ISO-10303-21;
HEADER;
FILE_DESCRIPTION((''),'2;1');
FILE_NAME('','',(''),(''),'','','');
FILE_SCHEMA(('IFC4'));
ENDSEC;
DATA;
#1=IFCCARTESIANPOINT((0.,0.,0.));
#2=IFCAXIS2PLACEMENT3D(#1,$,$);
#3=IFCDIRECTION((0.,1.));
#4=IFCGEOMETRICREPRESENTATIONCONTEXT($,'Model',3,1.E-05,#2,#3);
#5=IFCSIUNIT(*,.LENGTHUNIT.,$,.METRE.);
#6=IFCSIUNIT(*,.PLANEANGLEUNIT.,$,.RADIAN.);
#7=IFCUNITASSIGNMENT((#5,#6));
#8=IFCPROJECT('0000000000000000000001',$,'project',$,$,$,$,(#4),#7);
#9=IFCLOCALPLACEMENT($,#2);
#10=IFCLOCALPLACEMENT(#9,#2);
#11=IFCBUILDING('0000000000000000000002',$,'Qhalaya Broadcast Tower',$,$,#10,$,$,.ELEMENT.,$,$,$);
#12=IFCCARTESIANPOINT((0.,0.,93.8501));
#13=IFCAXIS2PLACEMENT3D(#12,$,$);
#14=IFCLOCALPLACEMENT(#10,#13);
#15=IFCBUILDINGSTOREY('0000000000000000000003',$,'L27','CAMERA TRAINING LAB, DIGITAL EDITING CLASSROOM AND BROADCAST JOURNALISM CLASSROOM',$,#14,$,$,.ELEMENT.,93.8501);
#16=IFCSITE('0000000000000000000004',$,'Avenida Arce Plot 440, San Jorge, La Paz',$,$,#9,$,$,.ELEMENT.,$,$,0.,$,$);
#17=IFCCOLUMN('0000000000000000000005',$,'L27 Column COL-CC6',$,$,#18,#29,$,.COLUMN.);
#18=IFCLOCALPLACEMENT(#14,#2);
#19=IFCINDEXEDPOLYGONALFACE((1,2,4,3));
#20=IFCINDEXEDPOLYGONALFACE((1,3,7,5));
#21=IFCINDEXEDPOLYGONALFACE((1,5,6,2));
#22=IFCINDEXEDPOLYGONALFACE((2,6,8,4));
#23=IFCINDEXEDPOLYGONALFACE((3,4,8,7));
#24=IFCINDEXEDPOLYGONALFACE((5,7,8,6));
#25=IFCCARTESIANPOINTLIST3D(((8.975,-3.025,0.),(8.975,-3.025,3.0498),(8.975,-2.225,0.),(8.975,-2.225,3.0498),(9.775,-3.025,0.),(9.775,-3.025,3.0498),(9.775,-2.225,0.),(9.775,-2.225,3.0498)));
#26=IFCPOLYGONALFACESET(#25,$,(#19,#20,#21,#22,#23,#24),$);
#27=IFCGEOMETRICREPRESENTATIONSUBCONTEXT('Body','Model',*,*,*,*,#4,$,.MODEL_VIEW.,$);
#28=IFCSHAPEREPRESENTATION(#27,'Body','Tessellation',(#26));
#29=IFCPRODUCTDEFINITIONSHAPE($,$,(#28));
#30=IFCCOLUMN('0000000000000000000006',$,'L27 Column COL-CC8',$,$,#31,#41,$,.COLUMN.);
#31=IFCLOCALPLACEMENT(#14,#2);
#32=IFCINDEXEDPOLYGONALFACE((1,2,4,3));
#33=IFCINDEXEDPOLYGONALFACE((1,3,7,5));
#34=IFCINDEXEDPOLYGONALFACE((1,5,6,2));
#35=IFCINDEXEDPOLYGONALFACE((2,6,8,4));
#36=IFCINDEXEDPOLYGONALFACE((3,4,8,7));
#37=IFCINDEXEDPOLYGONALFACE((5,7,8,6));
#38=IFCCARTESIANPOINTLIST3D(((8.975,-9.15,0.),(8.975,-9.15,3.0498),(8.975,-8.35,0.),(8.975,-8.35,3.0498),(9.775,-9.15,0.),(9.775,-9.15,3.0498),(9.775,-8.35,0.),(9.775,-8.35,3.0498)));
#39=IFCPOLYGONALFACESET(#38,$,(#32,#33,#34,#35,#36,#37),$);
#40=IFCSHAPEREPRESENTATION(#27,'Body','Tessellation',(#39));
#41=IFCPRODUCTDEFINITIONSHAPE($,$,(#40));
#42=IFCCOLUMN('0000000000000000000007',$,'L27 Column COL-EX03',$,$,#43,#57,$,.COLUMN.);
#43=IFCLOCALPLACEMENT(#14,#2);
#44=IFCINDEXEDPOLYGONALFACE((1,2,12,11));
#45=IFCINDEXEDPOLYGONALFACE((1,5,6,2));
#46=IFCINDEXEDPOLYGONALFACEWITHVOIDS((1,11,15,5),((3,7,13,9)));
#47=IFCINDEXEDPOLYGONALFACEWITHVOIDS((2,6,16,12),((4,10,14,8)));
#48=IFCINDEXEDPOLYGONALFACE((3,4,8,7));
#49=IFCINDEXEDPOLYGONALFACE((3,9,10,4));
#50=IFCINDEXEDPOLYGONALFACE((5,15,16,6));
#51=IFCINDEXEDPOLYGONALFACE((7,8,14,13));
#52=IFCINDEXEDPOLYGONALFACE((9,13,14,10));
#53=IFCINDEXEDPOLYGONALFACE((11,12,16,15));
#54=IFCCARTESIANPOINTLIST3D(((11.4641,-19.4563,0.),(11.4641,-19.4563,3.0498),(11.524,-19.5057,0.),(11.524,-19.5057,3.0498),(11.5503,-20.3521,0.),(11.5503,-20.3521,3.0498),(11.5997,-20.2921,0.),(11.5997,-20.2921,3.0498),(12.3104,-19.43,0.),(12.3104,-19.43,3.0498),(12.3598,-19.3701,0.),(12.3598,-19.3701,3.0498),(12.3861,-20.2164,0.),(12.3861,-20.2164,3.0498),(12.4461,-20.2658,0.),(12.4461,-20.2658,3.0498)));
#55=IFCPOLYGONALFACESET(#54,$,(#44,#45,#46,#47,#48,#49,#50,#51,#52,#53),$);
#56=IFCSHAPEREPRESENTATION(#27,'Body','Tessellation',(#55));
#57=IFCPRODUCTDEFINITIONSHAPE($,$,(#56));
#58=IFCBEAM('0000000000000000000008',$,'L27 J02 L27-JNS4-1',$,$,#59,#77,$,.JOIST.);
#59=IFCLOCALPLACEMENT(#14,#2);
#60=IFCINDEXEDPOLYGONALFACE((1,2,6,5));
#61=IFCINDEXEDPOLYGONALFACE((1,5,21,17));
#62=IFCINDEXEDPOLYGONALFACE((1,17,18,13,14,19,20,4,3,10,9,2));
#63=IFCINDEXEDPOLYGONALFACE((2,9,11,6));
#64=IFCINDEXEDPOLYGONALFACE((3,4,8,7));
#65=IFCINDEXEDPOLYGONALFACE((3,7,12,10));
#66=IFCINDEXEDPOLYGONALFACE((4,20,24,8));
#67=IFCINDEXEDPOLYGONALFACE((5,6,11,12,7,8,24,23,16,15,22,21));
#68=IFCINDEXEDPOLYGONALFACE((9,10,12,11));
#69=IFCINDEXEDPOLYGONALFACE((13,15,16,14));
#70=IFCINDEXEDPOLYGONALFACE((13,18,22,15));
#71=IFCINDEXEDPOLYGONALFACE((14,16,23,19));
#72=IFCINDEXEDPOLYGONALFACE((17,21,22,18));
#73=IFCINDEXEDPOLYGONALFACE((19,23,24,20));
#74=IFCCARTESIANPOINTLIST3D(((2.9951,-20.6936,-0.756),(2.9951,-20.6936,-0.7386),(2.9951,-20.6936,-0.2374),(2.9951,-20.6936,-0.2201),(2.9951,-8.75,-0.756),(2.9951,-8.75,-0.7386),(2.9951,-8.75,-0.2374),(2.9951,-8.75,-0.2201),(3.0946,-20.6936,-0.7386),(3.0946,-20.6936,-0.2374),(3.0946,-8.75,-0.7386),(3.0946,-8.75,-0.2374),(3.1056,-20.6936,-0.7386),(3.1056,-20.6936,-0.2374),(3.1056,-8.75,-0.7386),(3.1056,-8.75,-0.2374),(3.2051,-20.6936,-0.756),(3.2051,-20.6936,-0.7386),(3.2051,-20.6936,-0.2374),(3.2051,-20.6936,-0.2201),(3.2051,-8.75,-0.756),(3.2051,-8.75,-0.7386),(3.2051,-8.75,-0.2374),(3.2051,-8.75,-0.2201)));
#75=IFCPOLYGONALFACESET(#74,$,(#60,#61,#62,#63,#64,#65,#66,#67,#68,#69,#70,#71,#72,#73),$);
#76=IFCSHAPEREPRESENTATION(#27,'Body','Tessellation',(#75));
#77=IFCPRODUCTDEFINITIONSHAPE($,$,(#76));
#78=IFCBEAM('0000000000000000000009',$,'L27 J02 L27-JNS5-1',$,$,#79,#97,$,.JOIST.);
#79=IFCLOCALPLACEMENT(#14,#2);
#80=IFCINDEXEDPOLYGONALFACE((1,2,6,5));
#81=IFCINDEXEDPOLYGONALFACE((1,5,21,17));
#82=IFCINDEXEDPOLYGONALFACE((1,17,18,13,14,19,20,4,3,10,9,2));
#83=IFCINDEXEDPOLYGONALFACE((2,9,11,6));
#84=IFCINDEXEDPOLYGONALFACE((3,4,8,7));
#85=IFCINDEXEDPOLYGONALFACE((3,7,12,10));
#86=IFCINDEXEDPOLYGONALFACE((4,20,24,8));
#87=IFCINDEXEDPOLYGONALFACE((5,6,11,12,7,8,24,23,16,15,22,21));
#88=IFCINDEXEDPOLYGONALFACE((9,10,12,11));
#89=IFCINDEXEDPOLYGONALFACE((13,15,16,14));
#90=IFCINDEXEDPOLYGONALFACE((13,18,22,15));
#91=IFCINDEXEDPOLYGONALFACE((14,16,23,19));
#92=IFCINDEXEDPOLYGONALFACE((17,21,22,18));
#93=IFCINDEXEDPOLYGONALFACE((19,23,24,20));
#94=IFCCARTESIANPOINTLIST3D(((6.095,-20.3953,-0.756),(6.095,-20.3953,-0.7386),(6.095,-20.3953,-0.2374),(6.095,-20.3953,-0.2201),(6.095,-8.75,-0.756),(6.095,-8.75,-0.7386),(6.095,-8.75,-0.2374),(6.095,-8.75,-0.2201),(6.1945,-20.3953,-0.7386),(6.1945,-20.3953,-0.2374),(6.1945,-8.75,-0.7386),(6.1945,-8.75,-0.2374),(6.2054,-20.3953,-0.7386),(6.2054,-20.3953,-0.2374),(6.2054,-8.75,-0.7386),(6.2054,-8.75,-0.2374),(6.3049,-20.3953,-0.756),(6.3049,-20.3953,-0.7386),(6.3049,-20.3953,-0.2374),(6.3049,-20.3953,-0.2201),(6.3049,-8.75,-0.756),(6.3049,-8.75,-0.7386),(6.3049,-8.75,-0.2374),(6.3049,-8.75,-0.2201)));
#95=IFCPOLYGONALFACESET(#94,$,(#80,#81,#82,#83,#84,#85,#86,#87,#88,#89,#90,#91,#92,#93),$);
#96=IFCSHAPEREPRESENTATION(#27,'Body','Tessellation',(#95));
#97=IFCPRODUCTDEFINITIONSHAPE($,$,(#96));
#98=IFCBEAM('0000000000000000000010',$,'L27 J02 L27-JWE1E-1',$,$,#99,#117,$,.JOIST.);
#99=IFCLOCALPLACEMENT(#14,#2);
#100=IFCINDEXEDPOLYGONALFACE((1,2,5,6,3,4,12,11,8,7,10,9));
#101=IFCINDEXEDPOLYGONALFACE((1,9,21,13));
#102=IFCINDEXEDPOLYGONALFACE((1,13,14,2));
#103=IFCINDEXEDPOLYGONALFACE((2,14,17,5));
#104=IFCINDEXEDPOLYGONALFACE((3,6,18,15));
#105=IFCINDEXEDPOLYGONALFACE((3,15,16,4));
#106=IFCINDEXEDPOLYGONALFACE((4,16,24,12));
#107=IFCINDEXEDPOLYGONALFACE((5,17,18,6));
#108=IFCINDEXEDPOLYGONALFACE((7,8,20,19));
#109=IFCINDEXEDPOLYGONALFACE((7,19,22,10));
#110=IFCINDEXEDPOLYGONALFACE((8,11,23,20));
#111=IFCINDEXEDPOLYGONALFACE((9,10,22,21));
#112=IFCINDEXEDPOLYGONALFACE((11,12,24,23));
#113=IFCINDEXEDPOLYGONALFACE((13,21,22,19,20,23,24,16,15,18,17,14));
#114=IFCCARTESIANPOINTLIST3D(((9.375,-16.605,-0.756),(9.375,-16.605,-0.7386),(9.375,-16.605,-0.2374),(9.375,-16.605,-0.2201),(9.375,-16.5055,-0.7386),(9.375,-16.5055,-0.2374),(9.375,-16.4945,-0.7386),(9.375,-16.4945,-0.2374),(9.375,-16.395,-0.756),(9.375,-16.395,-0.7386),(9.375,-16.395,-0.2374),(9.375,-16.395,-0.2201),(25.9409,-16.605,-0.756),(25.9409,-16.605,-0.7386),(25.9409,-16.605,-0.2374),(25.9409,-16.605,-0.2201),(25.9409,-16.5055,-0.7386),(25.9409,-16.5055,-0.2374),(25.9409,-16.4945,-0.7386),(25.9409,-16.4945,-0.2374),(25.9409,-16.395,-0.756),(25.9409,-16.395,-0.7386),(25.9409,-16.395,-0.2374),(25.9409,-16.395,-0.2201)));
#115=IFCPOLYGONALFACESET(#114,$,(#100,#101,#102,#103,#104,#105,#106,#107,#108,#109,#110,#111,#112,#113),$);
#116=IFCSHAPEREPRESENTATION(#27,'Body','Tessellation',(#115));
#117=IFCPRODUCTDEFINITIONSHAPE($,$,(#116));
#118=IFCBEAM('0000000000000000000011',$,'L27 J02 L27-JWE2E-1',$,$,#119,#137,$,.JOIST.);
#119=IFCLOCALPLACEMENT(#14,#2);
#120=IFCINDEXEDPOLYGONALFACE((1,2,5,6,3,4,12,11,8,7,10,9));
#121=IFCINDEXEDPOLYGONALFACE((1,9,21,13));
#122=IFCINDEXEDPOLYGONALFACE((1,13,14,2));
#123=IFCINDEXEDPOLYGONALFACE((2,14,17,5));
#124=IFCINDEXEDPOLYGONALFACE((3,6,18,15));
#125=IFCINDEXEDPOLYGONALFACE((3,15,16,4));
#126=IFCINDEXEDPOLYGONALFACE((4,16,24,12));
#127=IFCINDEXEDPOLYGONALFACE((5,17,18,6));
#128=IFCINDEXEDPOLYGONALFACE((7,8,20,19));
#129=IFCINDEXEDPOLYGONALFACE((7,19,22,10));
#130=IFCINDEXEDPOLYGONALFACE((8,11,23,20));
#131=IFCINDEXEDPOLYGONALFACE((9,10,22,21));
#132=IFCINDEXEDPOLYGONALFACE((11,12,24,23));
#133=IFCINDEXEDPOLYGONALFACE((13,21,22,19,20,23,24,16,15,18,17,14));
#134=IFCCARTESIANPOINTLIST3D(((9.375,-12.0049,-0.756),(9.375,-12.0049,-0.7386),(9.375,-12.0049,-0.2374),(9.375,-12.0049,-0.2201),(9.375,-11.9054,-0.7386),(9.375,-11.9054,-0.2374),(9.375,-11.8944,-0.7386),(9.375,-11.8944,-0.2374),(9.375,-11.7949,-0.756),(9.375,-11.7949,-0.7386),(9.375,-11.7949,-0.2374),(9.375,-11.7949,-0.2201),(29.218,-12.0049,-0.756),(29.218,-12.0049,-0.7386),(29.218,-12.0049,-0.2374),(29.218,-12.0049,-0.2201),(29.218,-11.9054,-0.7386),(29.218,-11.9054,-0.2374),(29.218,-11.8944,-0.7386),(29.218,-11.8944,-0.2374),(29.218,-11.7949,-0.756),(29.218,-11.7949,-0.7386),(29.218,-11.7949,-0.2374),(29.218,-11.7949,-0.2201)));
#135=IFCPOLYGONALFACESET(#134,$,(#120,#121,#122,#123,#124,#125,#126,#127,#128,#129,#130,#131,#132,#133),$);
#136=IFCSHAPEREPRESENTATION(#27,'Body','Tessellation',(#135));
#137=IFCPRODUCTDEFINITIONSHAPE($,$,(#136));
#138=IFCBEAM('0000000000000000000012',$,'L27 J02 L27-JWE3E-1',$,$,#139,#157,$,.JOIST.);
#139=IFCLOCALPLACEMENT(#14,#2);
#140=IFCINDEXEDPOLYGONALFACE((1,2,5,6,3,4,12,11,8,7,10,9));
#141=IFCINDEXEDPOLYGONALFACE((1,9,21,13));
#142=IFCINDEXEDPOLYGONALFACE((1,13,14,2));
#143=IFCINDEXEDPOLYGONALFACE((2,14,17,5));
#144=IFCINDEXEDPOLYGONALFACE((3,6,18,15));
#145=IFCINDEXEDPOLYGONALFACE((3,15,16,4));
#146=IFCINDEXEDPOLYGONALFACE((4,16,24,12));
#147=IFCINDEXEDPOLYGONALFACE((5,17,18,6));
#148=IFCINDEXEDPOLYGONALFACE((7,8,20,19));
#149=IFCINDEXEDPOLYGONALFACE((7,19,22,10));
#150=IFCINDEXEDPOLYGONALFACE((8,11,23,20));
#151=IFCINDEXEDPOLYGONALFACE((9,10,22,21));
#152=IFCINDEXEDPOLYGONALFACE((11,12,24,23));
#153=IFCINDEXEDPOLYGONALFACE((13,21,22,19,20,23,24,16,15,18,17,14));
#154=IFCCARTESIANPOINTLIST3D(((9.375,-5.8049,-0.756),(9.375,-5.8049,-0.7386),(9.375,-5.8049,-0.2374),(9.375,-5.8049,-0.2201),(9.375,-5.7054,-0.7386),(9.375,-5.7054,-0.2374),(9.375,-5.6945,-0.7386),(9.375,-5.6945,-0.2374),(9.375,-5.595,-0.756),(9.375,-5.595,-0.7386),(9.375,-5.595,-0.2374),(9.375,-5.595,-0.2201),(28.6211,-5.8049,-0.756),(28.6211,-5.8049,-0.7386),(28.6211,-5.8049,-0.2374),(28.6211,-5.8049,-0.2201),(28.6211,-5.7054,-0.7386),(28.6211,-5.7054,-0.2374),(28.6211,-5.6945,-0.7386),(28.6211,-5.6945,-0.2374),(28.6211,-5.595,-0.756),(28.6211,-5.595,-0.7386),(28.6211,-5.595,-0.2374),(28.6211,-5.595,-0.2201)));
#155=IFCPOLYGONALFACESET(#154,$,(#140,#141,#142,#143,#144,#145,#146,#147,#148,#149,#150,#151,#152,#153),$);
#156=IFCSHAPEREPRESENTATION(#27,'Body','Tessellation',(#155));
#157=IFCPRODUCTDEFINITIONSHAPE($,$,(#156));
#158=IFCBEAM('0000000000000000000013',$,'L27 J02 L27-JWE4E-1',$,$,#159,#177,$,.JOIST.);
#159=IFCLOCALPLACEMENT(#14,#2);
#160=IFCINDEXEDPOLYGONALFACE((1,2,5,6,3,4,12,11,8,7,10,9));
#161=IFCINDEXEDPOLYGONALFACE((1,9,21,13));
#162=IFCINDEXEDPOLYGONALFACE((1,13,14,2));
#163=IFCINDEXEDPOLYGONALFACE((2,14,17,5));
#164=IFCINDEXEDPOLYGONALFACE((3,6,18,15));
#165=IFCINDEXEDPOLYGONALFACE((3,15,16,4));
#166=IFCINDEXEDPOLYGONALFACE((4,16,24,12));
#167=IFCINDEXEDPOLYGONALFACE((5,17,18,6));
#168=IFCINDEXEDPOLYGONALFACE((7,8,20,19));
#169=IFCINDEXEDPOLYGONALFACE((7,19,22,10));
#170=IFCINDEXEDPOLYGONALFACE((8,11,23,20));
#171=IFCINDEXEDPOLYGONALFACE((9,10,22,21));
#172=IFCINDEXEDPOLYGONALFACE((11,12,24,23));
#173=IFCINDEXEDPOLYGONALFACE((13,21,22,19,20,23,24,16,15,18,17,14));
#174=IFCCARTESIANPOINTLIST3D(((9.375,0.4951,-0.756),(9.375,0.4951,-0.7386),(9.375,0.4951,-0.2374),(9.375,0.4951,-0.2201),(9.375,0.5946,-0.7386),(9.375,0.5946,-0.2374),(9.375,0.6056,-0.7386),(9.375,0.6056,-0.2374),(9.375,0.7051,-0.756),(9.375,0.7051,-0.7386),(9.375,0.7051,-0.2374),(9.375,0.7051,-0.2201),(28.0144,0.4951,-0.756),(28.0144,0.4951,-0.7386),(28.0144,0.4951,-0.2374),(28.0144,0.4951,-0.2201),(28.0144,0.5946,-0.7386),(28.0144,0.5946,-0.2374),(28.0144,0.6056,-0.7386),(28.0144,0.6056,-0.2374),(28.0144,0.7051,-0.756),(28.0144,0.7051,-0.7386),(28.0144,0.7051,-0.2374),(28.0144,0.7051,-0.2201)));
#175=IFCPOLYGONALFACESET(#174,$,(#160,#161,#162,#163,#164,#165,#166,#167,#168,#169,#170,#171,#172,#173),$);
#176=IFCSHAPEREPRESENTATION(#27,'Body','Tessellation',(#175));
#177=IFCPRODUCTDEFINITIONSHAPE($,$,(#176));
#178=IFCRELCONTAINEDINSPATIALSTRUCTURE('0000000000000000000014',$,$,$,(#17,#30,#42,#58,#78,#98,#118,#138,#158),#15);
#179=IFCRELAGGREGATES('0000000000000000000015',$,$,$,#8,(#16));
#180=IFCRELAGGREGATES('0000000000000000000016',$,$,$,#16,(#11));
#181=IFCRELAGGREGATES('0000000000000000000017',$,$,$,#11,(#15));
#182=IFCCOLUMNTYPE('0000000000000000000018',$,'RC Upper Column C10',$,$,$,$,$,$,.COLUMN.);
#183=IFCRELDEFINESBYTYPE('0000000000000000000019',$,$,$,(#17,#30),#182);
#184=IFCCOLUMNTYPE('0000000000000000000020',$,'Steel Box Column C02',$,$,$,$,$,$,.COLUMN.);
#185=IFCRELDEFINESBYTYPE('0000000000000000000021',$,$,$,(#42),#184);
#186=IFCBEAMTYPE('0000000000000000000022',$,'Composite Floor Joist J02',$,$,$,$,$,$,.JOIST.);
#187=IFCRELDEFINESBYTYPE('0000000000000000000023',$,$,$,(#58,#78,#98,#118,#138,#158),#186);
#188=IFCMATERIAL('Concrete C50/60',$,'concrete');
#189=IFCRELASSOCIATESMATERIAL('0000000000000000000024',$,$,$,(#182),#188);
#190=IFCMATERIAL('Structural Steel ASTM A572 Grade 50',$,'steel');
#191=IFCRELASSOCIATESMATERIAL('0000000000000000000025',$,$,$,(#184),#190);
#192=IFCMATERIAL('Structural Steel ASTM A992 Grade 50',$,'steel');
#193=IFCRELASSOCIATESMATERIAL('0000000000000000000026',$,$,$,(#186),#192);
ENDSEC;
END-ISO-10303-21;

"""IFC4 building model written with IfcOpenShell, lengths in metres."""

from ifc_helpers import new_model, si_unit, direction, frame, origin, origin_2d, place, context, subcontext, project, spatial, rectangle, hollow_rectangle, i_section, extrude, material, material_profile, profile_set, type_object, element, save


model = new_model("IFC4")

# Units and contexts
model_context = context("Model", 3, precision=1e-05, world=origin(), true_north=direction((0.0, 1.0)))
body_context = subcontext(model_context, "Body", "Model", "MODEL_VIEW")
ifc_project = project(units=[si_unit("LENGTHUNIT", "METRE"), si_unit("PLANEANGLEUNIT", "RADIAN")], contexts=[model_context])

# Site, building, storey
site_placement = place(None, origin())
site = spatial("IfcSite", under=ifc_project, at=site_placement, Name="Avenida Arce Plot 440, San Jorge, La Paz", CompositionType="ELEMENT", RefElevation=0.0)
building_placement = place(site_placement, origin())
building = spatial("IfcBuilding", under=site, at=building_placement, Name="Qhalaya Broadcast Tower", CompositionType="ELEMENT")
storey_placement = place(building_placement, frame((0.0, 0.0, 93.8501)))
storey = spatial("IfcBuildingStorey", under=building, at=storey_placement, Name="L27", Description="CAMERA TRAINING LAB, DIGITAL EDITING CLASSROOM AND BROADCAST JOURNALISM CLASSROOM", CompositionType="ELEMENT", Elevation=93.8501)

# Columns
ifc_material_1 = material(Name="Concrete C50/60", Category="concrete")
ifc_material_profile_1 = material_profile(ifc_material_1, rectangle(XDim=0.8, YDim=0.8, at=origin_2d()), Name="RC-COL 800x800")
ifc_profile_set_1 = profile_set([ifc_material_profile_1], Name="Concrete C50/60")
column_type_1 = type_object("IfcColumnType", Name="RC Upper Column C10", PredefinedType="COLUMN", material=ifc_profile_set_1)
for number, where, z_axis, x_axis, name in (
    (1, (9.375, -2.625, 0.0), (0.0, 0.0, 1.0), (1.0, 0.0, 0.0), "L27 Column COL-CC6"),
    (2, (9.375, -8.75, 0.0), (0.0, 0.0, 1.0), (1.0, 0.0, 0.0), "L27 Column COL-CC8"),
):
    element("IfcColumn", number, at=place(storey_placement, frame(where, z_axis=z_axis, x_axis=x_axis)), inside=storey, type_object=column_type_1, Name=name, PredefinedType="COLUMN", context=body_context, shape_type="SweptSolid", body=[
        extrude(rectangle(XDim=0.8, YDim=0.8, at=origin_2d()), origin(), (0.0, 0.0, 1.0), 3.0498),
    ])
ifc_material_2 = material(Name="Structural Steel ASTM A572 Grade 50", Category="steel")
ifc_material_profile_2 = material_profile(ifc_material_2, hollow_rectangle(XDim=0.8999, YDim=0.8999, WallThickness=0.0549, at=origin_2d()), Name="BOX 900x900x55")
ifc_profile_set_2 = profile_set([ifc_material_profile_2], Name="Structural Steel ASTM A572 Grade 50")
column_type_2 = type_object("IfcColumnType", Name="Steel Box Column C02", PredefinedType="COLUMN", material=ifc_profile_set_2)
column_placement = place(storey_placement, frame((11.9551, -19.8611, 0.0), z_axis=(0.0, 0.0, 1.0), x_axis=(0.995396, 0.095846, 0.0)))
element("IfcColumn", 3, at=column_placement, inside=storey, type_object=column_type_2, Name="L27 Column COL-EX03", PredefinedType="COLUMN", context=body_context, shape_type="SweptSolid", body=[
    extrude(hollow_rectangle(XDim=0.8999, YDim=0.8999, WallThickness=0.0549, at=origin_2d()), origin(), (0.0, 0.0, 1.0), 3.0498),
])

# Beams
ifc_material_3 = material(Name="Structural Steel ASTM A992 Grade 50", Category="steel")
ifc_material_profile_3 = material_profile(ifc_material_3, i_section(OverallWidth=0.21, OverallDepth=0.5359, WebThickness=0.011, FlangeThickness=0.0173, at=origin_2d()), Name="W21X68")
ifc_profile_set_3 = profile_set([ifc_material_profile_3], Name="Structural Steel ASTM A992 Grade 50")
beam_type_1 = type_object("IfcBeamType", Name="Composite Floor Joist J02", PredefinedType="JOIST", material=ifc_profile_set_3)
beam_1_placement = place(storey_placement, frame((3.1001, -20.6936, -0.488), z_axis=(0.0, 1.0, 0.0), x_axis=(-1.0, 0.0, 0.0)))
element("IfcBeam", 4, at=beam_1_placement, inside=storey, type_object=beam_type_1, Name="L27 J02 L27-JNS4-1", PredefinedType="JOIST", context=body_context, shape_type="SweptSolid", body=[
    extrude(i_section(OverallWidth=0.21, OverallDepth=0.5359, WebThickness=0.011, FlangeThickness=0.0173, at=origin_2d()), origin(), (0.0, 0.0, 1.0), 11.9436),
])
beam_2_placement = place(storey_placement, frame((6.2, -20.3953, -0.488), z_axis=(0.0, 1.0, 0.0), x_axis=(-1.0, 0.0, 0.0)))
element("IfcBeam", 5, at=beam_2_placement, inside=storey, type_object=beam_type_1, Name="L27 J02 L27-JNS5-1", PredefinedType="JOIST", context=body_context, shape_type="SweptSolid", body=[
    extrude(i_section(OverallWidth=0.21, OverallDepth=0.5359, WebThickness=0.011, FlangeThickness=0.0173, at=origin_2d()), origin(), (0.0, 0.0, 1.0), 11.6453),
])
beam_3_placement = place(storey_placement, frame((9.375, -16.5, -0.488), z_axis=(1.0, 0.0, 0.0), x_axis=(0.0, 1.0, 0.0)))
element("IfcBeam", 6, at=beam_3_placement, inside=storey, type_object=beam_type_1, Name="L27 J02 L27-JWE1E-1", PredefinedType="JOIST", context=body_context, shape_type="SweptSolid", body=[
    extrude(i_section(OverallWidth=0.21, OverallDepth=0.5359, WebThickness=0.011, FlangeThickness=0.0173, at=origin_2d()), origin(), (0.0, 0.0, 1.0), 16.5659),
])
beam_4_placement = place(storey_placement, frame((9.375, -11.8999, -0.488), z_axis=(1.0, 0.0, 0.0), x_axis=(0.0, 1.0, 0.0)))
element("IfcBeam", 7, at=beam_4_placement, inside=storey, type_object=beam_type_1, Name="L27 J02 L27-JWE2E-1", PredefinedType="JOIST", context=body_context, shape_type="SweptSolid", body=[
    extrude(i_section(OverallWidth=0.21, OverallDepth=0.5359, WebThickness=0.011, FlangeThickness=0.0173, at=origin_2d()), origin(), (0.0, 0.0, 1.0), 19.843),
])
beam_5_placement = place(storey_placement, frame((9.375, -5.7, -0.488), z_axis=(1.0, 0.0, 0.0), x_axis=(0.0, 1.0, 0.0)))
element("IfcBeam", 8, at=beam_5_placement, inside=storey, type_object=beam_type_1, Name="L27 J02 L27-JWE3E-1", PredefinedType="JOIST", context=body_context, shape_type="SweptSolid", body=[
    extrude(i_section(OverallWidth=0.21, OverallDepth=0.5359, WebThickness=0.011, FlangeThickness=0.0173, at=origin_2d()), origin(), (0.0, 0.0, 1.0), 19.2461),
])
beam_6_placement = place(storey_placement, frame((9.375, 0.6001, -0.488), z_axis=(1.0, 0.0, 0.0), x_axis=(0.0, 1.0, 0.0)))
element("IfcBeam", 9, at=beam_6_placement, inside=storey, type_object=beam_type_1, Name="L27 J02 L27-JWE4E-1", PredefinedType="JOIST", context=body_context, shape_type="SweptSolid", body=[
    extrude(i_section(OverallWidth=0.21, OverallDepth=0.5359, WebThickness=0.011, FlangeThickness=0.0173, at=origin_2d()), origin(), (0.0, 0.0, 1.0), 18.6394),
])

save(model, "model.ifc")
